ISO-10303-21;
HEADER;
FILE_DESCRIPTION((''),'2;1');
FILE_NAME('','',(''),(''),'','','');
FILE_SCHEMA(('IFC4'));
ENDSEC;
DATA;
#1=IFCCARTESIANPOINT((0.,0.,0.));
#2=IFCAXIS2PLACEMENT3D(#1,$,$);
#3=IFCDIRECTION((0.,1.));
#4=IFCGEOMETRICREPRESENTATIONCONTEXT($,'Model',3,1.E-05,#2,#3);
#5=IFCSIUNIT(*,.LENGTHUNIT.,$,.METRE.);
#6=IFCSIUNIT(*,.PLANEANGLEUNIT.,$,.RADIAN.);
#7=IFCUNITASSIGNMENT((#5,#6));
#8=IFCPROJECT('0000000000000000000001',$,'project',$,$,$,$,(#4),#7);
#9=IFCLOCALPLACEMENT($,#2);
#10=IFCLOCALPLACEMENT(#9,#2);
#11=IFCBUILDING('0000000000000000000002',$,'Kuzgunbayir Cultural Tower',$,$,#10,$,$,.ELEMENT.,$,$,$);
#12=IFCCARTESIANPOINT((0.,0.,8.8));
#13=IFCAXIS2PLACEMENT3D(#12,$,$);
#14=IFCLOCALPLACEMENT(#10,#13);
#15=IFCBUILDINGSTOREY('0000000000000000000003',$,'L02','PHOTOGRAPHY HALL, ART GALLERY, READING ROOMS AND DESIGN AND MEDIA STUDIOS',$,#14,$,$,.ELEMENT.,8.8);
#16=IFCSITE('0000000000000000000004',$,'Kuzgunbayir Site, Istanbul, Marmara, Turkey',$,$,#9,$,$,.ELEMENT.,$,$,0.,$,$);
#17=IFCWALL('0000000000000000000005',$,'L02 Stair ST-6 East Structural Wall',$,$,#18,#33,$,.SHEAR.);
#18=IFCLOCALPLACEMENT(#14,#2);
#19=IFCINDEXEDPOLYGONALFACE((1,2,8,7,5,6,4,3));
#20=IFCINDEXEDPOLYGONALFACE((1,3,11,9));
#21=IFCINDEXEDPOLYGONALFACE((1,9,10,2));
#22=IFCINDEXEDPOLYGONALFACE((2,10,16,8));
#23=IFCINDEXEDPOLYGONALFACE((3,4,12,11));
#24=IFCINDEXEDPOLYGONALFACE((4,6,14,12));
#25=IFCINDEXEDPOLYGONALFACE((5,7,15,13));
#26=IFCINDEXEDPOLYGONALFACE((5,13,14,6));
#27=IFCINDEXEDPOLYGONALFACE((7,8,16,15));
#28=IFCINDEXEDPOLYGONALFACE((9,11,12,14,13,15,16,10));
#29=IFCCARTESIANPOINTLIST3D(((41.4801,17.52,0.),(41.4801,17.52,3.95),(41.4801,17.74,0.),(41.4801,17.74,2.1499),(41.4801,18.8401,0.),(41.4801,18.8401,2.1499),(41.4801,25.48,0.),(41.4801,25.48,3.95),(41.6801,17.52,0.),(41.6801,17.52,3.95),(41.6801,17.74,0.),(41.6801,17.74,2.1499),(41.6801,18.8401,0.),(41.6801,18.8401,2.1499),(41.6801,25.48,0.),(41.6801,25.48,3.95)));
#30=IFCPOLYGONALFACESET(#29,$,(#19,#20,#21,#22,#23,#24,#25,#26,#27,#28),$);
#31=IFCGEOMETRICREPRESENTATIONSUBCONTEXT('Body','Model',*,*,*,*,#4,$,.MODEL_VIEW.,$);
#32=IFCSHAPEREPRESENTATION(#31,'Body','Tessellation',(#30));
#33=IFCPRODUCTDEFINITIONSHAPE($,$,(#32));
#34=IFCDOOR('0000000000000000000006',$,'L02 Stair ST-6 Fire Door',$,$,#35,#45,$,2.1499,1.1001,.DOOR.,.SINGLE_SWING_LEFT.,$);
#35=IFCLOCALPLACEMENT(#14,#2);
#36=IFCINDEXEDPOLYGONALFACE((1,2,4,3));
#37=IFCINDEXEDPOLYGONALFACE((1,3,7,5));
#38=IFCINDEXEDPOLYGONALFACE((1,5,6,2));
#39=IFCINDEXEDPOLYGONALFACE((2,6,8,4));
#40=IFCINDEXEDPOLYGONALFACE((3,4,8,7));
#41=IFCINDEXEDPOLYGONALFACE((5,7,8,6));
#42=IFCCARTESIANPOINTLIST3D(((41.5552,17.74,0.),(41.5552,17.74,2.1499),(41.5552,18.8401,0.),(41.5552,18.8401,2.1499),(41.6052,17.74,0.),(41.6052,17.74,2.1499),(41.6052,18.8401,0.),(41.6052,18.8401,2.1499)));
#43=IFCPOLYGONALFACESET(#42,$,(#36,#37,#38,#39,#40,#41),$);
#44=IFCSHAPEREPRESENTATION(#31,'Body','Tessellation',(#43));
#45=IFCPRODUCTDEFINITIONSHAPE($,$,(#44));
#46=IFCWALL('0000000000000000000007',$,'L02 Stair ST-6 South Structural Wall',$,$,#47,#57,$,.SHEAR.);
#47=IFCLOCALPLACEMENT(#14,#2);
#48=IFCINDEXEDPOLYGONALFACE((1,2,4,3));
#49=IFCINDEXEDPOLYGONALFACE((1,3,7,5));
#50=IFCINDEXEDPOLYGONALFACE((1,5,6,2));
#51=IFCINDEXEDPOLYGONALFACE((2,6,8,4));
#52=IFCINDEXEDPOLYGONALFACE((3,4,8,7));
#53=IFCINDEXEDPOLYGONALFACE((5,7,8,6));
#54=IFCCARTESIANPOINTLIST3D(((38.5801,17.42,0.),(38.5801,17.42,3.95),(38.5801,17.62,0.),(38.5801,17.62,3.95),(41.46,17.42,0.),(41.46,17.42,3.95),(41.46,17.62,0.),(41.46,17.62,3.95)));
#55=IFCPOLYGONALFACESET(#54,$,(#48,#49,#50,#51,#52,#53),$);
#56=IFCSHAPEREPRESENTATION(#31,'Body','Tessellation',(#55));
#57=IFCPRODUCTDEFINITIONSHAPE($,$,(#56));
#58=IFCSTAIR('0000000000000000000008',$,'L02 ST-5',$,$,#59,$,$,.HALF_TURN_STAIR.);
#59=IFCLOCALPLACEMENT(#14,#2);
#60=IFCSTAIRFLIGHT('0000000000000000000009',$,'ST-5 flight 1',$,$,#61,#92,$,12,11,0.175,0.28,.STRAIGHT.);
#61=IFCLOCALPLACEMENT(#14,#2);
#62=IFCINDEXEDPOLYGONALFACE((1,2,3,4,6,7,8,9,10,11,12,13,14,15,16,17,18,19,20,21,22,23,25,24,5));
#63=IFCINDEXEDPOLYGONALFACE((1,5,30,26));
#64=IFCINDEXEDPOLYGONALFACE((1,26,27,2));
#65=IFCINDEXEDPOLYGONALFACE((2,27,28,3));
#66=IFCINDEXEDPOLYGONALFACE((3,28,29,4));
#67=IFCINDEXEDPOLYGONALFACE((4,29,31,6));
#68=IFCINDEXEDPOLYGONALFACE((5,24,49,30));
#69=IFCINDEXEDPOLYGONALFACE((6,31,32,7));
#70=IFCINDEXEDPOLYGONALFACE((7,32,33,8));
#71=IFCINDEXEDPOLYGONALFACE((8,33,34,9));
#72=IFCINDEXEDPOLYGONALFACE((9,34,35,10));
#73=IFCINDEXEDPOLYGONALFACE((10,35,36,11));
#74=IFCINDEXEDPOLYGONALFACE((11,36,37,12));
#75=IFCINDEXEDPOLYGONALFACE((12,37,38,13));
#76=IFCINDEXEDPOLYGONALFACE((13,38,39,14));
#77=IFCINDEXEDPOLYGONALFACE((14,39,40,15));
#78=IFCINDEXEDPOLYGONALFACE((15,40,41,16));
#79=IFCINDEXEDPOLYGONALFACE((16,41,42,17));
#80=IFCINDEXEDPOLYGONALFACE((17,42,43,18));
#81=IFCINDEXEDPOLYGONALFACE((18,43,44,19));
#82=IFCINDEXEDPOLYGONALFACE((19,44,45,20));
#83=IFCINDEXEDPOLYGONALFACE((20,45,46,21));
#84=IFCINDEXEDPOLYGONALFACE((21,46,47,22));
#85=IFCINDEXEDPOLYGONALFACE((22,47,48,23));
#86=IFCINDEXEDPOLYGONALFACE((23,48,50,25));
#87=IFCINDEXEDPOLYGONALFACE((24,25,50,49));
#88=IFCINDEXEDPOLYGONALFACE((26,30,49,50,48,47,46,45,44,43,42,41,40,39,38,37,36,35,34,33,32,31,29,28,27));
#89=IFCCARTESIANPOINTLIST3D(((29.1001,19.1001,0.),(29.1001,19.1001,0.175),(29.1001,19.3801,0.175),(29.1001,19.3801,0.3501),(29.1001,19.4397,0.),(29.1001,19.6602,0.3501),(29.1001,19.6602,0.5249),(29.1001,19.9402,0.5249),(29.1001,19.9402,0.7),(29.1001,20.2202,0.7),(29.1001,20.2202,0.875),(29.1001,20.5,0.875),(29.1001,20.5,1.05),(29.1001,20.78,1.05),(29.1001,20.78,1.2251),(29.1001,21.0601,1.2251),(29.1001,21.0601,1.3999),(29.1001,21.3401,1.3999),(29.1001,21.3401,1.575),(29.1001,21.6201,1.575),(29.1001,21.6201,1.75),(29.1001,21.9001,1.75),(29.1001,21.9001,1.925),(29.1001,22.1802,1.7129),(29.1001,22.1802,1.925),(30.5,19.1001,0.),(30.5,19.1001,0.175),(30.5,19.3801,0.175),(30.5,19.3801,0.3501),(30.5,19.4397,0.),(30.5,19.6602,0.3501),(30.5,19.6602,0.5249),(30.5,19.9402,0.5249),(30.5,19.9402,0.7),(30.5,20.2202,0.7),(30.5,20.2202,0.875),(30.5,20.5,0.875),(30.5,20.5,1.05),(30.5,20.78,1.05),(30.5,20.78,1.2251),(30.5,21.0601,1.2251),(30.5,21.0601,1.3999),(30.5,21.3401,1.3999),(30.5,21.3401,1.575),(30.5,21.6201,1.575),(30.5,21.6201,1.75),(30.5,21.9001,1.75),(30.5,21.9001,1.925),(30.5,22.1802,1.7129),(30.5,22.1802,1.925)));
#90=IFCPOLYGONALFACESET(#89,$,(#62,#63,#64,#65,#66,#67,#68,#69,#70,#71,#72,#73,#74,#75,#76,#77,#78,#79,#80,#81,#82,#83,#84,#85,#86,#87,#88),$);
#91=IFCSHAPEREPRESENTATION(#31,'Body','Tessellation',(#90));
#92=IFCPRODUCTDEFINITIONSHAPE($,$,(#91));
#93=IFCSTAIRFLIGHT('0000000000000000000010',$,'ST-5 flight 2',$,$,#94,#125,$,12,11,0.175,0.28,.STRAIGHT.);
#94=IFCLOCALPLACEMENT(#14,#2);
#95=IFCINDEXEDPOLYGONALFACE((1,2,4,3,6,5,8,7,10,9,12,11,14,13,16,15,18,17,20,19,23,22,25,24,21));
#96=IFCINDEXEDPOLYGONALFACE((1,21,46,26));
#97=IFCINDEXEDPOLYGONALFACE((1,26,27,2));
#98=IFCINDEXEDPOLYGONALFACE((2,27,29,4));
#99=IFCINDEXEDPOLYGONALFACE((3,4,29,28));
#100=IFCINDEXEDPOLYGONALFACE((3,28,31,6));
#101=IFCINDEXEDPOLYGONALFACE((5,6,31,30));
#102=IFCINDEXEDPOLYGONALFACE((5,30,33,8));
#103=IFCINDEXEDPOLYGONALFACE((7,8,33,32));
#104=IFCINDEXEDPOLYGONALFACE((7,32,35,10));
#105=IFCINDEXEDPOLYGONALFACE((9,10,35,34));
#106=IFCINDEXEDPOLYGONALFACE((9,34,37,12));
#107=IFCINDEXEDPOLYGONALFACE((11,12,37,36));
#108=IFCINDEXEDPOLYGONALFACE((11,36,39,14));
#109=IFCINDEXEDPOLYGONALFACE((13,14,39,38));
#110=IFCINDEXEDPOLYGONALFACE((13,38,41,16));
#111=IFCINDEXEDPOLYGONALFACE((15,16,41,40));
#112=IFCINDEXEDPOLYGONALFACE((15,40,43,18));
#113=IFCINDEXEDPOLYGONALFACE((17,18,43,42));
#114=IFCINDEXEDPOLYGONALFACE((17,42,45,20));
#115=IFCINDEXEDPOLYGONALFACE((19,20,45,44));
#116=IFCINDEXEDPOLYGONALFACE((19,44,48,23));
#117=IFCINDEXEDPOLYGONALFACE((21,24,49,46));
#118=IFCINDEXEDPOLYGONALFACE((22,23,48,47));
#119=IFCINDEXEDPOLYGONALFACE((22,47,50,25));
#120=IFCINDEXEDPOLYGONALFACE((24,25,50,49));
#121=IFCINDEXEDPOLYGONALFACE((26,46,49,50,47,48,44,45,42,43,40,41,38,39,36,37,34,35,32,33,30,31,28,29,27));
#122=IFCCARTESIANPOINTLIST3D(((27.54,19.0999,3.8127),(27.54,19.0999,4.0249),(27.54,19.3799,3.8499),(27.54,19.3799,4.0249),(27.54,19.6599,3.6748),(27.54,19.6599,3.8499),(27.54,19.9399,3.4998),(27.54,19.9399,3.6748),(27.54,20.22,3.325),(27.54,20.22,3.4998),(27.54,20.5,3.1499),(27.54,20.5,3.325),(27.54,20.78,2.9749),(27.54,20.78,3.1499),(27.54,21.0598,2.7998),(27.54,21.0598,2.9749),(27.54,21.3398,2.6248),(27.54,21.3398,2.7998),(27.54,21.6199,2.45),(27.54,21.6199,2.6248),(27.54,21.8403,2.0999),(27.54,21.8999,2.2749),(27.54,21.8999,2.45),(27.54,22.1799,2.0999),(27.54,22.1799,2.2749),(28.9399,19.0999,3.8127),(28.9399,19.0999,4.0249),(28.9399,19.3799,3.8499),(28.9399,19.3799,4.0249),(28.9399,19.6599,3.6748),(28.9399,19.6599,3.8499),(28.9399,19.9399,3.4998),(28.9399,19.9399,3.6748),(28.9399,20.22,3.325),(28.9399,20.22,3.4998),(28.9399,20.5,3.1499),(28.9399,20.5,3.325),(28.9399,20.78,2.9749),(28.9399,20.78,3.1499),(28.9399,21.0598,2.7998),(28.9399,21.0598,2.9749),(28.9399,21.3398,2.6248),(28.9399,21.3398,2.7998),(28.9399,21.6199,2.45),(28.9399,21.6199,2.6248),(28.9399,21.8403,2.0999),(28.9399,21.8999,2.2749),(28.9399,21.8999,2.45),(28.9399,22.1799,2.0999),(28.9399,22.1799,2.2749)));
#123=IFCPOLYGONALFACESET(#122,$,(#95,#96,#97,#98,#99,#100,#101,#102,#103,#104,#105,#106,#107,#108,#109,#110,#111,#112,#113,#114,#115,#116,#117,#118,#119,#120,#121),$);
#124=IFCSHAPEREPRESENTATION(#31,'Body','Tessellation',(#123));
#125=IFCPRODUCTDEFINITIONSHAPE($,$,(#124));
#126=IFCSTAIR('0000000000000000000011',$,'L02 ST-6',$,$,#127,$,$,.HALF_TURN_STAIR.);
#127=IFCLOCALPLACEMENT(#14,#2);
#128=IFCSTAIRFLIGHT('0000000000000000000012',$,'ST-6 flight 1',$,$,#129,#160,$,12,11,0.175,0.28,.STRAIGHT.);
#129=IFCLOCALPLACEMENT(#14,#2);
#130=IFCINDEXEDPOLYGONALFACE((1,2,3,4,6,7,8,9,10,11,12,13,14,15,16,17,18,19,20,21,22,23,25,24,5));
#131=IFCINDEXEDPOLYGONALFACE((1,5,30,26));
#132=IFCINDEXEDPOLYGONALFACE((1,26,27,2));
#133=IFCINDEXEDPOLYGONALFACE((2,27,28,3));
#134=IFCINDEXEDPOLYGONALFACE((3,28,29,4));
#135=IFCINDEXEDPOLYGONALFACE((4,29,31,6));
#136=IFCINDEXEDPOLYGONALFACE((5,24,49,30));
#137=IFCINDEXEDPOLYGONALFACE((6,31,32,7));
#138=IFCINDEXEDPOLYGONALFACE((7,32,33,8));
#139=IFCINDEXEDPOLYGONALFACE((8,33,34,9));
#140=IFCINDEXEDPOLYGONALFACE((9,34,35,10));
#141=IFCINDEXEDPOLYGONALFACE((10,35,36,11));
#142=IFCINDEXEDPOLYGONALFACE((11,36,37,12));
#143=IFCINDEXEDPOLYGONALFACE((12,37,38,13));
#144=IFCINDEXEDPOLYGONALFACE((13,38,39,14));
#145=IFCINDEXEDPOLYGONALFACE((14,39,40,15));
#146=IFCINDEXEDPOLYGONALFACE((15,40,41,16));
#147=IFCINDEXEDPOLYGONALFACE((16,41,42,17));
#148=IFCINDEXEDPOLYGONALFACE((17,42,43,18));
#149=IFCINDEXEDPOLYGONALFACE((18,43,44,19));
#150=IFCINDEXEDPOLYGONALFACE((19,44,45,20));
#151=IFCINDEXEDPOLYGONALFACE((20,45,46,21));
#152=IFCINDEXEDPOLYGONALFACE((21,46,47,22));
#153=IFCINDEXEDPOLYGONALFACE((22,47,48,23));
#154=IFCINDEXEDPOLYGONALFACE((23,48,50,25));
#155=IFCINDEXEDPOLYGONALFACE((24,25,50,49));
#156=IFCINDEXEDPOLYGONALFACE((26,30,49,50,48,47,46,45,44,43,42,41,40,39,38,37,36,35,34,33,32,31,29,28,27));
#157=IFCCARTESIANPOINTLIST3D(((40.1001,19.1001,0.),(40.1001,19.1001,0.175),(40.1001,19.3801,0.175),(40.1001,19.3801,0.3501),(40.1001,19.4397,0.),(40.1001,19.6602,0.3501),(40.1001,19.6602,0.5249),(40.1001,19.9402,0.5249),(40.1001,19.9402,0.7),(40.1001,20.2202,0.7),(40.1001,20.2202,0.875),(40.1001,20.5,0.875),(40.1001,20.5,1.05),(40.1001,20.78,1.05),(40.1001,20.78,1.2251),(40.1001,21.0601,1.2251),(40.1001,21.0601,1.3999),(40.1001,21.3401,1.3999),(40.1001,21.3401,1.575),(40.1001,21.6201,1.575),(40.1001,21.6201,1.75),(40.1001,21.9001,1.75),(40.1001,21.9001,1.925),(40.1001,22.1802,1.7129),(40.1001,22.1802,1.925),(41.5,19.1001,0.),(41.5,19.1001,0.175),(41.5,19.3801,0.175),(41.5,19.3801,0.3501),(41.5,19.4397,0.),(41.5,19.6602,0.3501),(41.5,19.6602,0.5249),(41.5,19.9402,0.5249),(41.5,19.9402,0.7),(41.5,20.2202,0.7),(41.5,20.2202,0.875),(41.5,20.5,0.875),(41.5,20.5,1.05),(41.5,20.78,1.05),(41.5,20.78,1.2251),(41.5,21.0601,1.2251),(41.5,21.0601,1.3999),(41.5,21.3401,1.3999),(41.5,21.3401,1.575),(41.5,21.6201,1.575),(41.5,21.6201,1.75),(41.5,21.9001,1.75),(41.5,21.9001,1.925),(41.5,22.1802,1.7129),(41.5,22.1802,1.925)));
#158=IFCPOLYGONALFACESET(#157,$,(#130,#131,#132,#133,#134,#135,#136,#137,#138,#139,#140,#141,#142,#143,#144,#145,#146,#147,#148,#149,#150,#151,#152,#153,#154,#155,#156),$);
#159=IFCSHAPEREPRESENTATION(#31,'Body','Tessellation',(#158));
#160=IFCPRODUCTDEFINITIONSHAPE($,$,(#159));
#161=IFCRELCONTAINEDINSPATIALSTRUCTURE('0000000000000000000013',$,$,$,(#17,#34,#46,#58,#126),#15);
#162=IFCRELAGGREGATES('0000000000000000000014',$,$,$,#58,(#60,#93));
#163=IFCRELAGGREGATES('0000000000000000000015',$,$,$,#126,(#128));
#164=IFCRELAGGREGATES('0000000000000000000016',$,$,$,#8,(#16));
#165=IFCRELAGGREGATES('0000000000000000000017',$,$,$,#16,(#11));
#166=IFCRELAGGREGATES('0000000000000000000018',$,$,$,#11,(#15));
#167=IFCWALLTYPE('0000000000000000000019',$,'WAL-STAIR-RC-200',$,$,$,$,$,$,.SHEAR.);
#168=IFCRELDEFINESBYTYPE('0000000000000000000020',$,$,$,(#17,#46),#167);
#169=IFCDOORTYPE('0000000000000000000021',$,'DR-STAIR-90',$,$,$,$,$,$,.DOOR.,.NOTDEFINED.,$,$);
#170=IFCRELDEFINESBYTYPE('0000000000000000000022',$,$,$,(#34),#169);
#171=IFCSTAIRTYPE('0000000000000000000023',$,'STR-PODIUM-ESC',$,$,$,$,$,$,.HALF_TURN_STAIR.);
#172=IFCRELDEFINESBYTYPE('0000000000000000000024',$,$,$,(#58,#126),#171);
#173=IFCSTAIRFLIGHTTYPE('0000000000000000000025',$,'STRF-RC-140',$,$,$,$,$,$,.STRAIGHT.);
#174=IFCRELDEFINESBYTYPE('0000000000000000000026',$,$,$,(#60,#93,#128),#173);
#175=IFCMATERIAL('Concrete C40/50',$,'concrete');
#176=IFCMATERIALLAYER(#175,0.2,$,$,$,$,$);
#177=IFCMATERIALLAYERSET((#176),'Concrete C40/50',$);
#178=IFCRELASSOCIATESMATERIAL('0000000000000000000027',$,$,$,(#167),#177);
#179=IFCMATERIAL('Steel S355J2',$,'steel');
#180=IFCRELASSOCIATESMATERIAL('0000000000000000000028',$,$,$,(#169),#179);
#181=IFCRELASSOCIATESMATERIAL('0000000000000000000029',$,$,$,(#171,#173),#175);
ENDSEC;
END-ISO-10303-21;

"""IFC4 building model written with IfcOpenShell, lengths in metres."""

from ifc_helpers import new_model, si_unit, direction, frame, frame_2d, origin, place, context, subcontext, project, spatial, polyline, rectangle, outline, extrude, material, layer, layer_set, type_object, element, fill, aggregate, save


model = new_model("IFC4")

# Units and contexts
model_context = context("Model", 3, precision=1e-05, world=origin(), true_north=direction((0.0, 1.0)))
body_context = subcontext(model_context, "Body", "Model", "MODEL_VIEW")
ifc_project = project(units=[si_unit("LENGTHUNIT", "METRE"), si_unit("PLANEANGLEUNIT", "RADIAN")], contexts=[model_context])

# Site, building, storey
site_placement = place(None, origin())
site = spatial("IfcSite", under=ifc_project, at=site_placement, Name="Kuzgunbayir Site, Istanbul, Marmara, Turkey", CompositionType="ELEMENT", RefElevation=0.0)
building_placement = place(site_placement, origin())
building = spatial("IfcBuilding", under=site, at=building_placement, Name="Kuzgunbayir Cultural Tower", CompositionType="ELEMENT")
storey_placement = place(building_placement, frame((0.0, 0.0, 8.8)))
storey = spatial("IfcBuildingStorey", under=building, at=storey_placement, Name="L02", Description="PHOTOGRAPHY HALL, ART GALLERY, READING ROOMS AND DESIGN AND MEDIA STUDIOS", CompositionType="ELEMENT", Elevation=8.8)

# Shared definitions
ifc_material_1 = material(Name="Steel S355J2", Category="steel")
ifc_material_2 = material(Name="Concrete C40/50", Category="concrete")

# Shared definitions
ifc_layer_1 = layer(ifc_material_2, 0.2)
ifc_layer_set_1 = layer_set([ifc_layer_1], Name="Concrete C40/50")
wall_type_1 = type_object("IfcWallType", Name="WAL-STAIR-RC-200", PredefinedType="SHEAR", material=ifc_layer_set_1)

# Wall, opening, door
wall_1_placement = place(storey_placement, frame((41.5801, 17.52, 0.0), z_axis=(0.0, 0.0, 1.0), x_axis=(0.0, 1.0, 0.0)))
wall_1 = element("IfcWall", 1, at=wall_1_placement, inside=storey, type_object=wall_type_1, Name="L02 Stair ST-6 East Structural Wall", PredefinedType="SHEAR", context=body_context, shape_type="SweptSolid", body=[
    extrude(rectangle(XDim=7.96, YDim=0.2, at=frame_2d((3.98, 0.0))), origin(), (0.0, 0.0, 1.0), 3.95),
])
opening_placement = place(wall_1_placement, frame((0.22, 0.0, 0.0)))
opening = element("IfcOpeningElement", 2, at=opening_placement, cuts=wall_1, PredefinedType="OPENING", context=body_context, shape_type="SweptSolid", body=[
    extrude(rectangle(XDim=1.1001, YDim=2.1499, at=frame_2d((0.55, 1.075))), frame((0.0, 0.1099, 0.0), z_axis=(0.0, -1.0, 0.0), x_axis=(1.0, 0.0, 0.0)), (0.0, 0.0, 1.0), 0.22),
])
door_type = type_object("IfcDoorType", Name="DR-STAIR-90", OperationType="NOTDEFINED", PredefinedType="DOOR", material=ifc_material_1)
door_placement = place(opening_placement, origin())
door = element("IfcDoor", 3, at=door_placement, inside=storey, type_object=door_type, Name="L02 Stair ST-6 Fire Door", OperationType="SINGLE_SWING_LEFT", OverallHeight=2.1499, OverallWidth=1.1001, PredefinedType="DOOR", context=body_context, shape_type="SweptSolid", body=[
    extrude(rectangle(XDim=1.1001, YDim=2.1499, at=frame_2d((0.55, 1.075))), frame((0.0, 0.0249, 0.0), z_axis=(0.0, -1.0, 0.0), x_axis=(1.0, 0.0, 0.0)), (0.0, 0.0, 1.0), 0.05),
])
fill(opening, door)

# Wall
wall_2_placement = place(storey_placement, frame((38.5801, 17.52, 0.0), z_axis=(0.0, 0.0, 1.0), x_axis=(1.0, 0.0, 0.0)))
element("IfcWall", 4, at=wall_2_placement, inside=storey, type_object=wall_type_1, Name="L02 Stair ST-6 South Structural Wall", PredefinedType="SHEAR", context=body_context, shape_type="SweptSolid", body=[
    extrude(rectangle(XDim=2.8799, YDim=0.2, at=frame_2d((1.4399, 0.0))), origin(), (0.0, 0.0, 1.0), 3.95),
])

# Stairs, stair flights
stair_type = type_object("IfcStairType", Name="STR-PODIUM-ESC", PredefinedType="HALF_TURN_STAIR", material=ifc_material_2)
stair_1_placement = place(storey_placement, origin())
stair_1 = element("IfcStair", 5, at=stair_1_placement, inside=storey, type_object=stair_type, Name="L02 ST-5", PredefinedType="HALF_TURN_STAIR")
stair_flight_type = type_object("IfcStairFlightType", Name="STRF-RC-140", PredefinedType="STRAIGHT", material=ifc_material_2)
stair_flight_1_placement = place(storey_placement, frame((29.8, 19.1001, 0.0), z_axis=(0.0, 0.0, 1.0), x_axis=(0.0, 1.0, 0.0)))
stair_flight_1 = element("IfcStairFlight", 6, at=stair_flight_1_placement, type_object=stair_flight_type, Name="ST-5 flight 1", NumberOfRisers=12, NumberOfTreads=11, PredefinedType="STRAIGHT", RiserHeight=0.175, TreadLength=0.28, context=body_context, shape_type="SweptSolid", body=[
    extrude(outline(polyline([(0.0, 0.0), (0.0, 0.175), (0.28, 0.175), (0.28, 0.3501), (0.5601, 0.3501), (0.5601, 0.5249), (0.8401, 0.5249), (0.8401, 0.7), (1.1201, 0.7), (1.1201, 0.875), (1.3999, 0.875), (1.3999, 1.05), (1.6799, 1.05), (1.6799, 1.2251), (1.96, 1.2251), (1.96, 1.3999), (2.24, 1.3999), (2.24, 1.575), (2.52, 1.575), (2.52, 1.75), (2.8, 1.75), (2.8, 1.925), (3.0801, 1.925), (3.0801, 2.1001), (3.0801, 1.7129), (0.3396, 0.0), (0.0, 0.0)])), frame((0.0, 0.7, 0.0), z_axis=(0.0, -1.0, 0.0), x_axis=(1.0, 0.0, 0.0)), (0.0, 0.0, 1.0), 1.3999),
])
stair_flight_2_placement = place(storey_placement, frame((28.24, 22.1799, 2.0999), z_axis=(0.0, 0.0, 1.0), x_axis=(0.0, -1.0, 0.0)))
stair_flight_2 = element("IfcStairFlight", 7, at=stair_flight_2_placement, type_object=stair_flight_type, Name="ST-5 flight 2", NumberOfRisers=12, NumberOfTreads=11, PredefinedType="STRAIGHT", RiserHeight=0.175, TreadLength=0.28, context=body_context, shape_type="SweptSolid", body=[
    extrude(outline(polyline([(0.0, 0.0), (0.0, 0.175), (0.28, 0.175), (0.28, 0.3501), (0.5601, 0.3501), (0.5601, 0.5249), (0.8401, 0.5249), (0.8401, 0.7), (1.1201, 0.7), (1.1201, 0.875), (1.3999, 0.875), (1.3999, 1.05), (1.6799, 1.05), (1.6799, 1.2251), (1.96, 1.2251), (1.96, 1.3999), (2.24, 1.3999), (2.24, 1.575), (2.52, 1.575), (2.52, 1.75), (2.8, 1.75), (2.8, 1.925), (3.0801, 1.925), (3.0801, 2.1001), (3.0801, 1.7129), (0.3396, 0.0), (0.0, 0.0)])), frame((0.0, 0.7, 0.0), z_axis=(0.0, -1.0, 0.0), x_axis=(1.0, 0.0, 0.0)), (0.0, 0.0, 1.0), 1.3999),
])
aggregate(stair_1, [stair_flight_1, stair_flight_2])
stair_2_placement = place(storey_placement, origin())
stair_2 = element("IfcStair", 8, at=stair_2_placement, inside=storey, type_object=stair_type, Name="L02 ST-6", PredefinedType="HALF_TURN_STAIR")
stair_flight_3_placement = place(storey_placement, frame((40.8, 19.1001, 0.0), z_axis=(0.0, 0.0, 1.0), x_axis=(0.0, 1.0, 0.0)))
stair_flight_3 = element("IfcStairFlight", 9, at=stair_flight_3_placement, type_object=stair_flight_type, Name="ST-6 flight 1", NumberOfRisers=12, NumberOfTreads=11, PredefinedType="STRAIGHT", RiserHeight=0.175, TreadLength=0.28, context=body_context, shape_type="SweptSolid", body=[
    extrude(outline(polyline([(0.0, 0.0), (0.0, 0.175), (0.28, 0.175), (0.28, 0.3501), (0.5601, 0.3501), (0.5601, 0.5249), (0.8401, 0.5249), (0.8401, 0.7), (1.1201, 0.7), (1.1201, 0.875), (1.3999, 0.875), (1.3999, 1.05), (1.6799, 1.05), (1.6799, 1.2251), (1.96, 1.2251), (1.96, 1.3999), (2.24, 1.3999), (2.24, 1.575), (2.52, 1.575), (2.52, 1.75), (2.8, 1.75), (2.8, 1.925), (3.0801, 1.925), (3.0801, 2.1001), (3.0801, 1.7129), (0.3396, 0.0), (0.0, 0.0)])), frame((0.0, 0.7, 0.0), z_axis=(0.0, -1.0, 0.0), x_axis=(1.0, 0.0, 0.0)), (0.0, 0.0, 1.0), 1.3999),
])
aggregate(stair_2, [stair_flight_3])

save(model, "model.ifc")
